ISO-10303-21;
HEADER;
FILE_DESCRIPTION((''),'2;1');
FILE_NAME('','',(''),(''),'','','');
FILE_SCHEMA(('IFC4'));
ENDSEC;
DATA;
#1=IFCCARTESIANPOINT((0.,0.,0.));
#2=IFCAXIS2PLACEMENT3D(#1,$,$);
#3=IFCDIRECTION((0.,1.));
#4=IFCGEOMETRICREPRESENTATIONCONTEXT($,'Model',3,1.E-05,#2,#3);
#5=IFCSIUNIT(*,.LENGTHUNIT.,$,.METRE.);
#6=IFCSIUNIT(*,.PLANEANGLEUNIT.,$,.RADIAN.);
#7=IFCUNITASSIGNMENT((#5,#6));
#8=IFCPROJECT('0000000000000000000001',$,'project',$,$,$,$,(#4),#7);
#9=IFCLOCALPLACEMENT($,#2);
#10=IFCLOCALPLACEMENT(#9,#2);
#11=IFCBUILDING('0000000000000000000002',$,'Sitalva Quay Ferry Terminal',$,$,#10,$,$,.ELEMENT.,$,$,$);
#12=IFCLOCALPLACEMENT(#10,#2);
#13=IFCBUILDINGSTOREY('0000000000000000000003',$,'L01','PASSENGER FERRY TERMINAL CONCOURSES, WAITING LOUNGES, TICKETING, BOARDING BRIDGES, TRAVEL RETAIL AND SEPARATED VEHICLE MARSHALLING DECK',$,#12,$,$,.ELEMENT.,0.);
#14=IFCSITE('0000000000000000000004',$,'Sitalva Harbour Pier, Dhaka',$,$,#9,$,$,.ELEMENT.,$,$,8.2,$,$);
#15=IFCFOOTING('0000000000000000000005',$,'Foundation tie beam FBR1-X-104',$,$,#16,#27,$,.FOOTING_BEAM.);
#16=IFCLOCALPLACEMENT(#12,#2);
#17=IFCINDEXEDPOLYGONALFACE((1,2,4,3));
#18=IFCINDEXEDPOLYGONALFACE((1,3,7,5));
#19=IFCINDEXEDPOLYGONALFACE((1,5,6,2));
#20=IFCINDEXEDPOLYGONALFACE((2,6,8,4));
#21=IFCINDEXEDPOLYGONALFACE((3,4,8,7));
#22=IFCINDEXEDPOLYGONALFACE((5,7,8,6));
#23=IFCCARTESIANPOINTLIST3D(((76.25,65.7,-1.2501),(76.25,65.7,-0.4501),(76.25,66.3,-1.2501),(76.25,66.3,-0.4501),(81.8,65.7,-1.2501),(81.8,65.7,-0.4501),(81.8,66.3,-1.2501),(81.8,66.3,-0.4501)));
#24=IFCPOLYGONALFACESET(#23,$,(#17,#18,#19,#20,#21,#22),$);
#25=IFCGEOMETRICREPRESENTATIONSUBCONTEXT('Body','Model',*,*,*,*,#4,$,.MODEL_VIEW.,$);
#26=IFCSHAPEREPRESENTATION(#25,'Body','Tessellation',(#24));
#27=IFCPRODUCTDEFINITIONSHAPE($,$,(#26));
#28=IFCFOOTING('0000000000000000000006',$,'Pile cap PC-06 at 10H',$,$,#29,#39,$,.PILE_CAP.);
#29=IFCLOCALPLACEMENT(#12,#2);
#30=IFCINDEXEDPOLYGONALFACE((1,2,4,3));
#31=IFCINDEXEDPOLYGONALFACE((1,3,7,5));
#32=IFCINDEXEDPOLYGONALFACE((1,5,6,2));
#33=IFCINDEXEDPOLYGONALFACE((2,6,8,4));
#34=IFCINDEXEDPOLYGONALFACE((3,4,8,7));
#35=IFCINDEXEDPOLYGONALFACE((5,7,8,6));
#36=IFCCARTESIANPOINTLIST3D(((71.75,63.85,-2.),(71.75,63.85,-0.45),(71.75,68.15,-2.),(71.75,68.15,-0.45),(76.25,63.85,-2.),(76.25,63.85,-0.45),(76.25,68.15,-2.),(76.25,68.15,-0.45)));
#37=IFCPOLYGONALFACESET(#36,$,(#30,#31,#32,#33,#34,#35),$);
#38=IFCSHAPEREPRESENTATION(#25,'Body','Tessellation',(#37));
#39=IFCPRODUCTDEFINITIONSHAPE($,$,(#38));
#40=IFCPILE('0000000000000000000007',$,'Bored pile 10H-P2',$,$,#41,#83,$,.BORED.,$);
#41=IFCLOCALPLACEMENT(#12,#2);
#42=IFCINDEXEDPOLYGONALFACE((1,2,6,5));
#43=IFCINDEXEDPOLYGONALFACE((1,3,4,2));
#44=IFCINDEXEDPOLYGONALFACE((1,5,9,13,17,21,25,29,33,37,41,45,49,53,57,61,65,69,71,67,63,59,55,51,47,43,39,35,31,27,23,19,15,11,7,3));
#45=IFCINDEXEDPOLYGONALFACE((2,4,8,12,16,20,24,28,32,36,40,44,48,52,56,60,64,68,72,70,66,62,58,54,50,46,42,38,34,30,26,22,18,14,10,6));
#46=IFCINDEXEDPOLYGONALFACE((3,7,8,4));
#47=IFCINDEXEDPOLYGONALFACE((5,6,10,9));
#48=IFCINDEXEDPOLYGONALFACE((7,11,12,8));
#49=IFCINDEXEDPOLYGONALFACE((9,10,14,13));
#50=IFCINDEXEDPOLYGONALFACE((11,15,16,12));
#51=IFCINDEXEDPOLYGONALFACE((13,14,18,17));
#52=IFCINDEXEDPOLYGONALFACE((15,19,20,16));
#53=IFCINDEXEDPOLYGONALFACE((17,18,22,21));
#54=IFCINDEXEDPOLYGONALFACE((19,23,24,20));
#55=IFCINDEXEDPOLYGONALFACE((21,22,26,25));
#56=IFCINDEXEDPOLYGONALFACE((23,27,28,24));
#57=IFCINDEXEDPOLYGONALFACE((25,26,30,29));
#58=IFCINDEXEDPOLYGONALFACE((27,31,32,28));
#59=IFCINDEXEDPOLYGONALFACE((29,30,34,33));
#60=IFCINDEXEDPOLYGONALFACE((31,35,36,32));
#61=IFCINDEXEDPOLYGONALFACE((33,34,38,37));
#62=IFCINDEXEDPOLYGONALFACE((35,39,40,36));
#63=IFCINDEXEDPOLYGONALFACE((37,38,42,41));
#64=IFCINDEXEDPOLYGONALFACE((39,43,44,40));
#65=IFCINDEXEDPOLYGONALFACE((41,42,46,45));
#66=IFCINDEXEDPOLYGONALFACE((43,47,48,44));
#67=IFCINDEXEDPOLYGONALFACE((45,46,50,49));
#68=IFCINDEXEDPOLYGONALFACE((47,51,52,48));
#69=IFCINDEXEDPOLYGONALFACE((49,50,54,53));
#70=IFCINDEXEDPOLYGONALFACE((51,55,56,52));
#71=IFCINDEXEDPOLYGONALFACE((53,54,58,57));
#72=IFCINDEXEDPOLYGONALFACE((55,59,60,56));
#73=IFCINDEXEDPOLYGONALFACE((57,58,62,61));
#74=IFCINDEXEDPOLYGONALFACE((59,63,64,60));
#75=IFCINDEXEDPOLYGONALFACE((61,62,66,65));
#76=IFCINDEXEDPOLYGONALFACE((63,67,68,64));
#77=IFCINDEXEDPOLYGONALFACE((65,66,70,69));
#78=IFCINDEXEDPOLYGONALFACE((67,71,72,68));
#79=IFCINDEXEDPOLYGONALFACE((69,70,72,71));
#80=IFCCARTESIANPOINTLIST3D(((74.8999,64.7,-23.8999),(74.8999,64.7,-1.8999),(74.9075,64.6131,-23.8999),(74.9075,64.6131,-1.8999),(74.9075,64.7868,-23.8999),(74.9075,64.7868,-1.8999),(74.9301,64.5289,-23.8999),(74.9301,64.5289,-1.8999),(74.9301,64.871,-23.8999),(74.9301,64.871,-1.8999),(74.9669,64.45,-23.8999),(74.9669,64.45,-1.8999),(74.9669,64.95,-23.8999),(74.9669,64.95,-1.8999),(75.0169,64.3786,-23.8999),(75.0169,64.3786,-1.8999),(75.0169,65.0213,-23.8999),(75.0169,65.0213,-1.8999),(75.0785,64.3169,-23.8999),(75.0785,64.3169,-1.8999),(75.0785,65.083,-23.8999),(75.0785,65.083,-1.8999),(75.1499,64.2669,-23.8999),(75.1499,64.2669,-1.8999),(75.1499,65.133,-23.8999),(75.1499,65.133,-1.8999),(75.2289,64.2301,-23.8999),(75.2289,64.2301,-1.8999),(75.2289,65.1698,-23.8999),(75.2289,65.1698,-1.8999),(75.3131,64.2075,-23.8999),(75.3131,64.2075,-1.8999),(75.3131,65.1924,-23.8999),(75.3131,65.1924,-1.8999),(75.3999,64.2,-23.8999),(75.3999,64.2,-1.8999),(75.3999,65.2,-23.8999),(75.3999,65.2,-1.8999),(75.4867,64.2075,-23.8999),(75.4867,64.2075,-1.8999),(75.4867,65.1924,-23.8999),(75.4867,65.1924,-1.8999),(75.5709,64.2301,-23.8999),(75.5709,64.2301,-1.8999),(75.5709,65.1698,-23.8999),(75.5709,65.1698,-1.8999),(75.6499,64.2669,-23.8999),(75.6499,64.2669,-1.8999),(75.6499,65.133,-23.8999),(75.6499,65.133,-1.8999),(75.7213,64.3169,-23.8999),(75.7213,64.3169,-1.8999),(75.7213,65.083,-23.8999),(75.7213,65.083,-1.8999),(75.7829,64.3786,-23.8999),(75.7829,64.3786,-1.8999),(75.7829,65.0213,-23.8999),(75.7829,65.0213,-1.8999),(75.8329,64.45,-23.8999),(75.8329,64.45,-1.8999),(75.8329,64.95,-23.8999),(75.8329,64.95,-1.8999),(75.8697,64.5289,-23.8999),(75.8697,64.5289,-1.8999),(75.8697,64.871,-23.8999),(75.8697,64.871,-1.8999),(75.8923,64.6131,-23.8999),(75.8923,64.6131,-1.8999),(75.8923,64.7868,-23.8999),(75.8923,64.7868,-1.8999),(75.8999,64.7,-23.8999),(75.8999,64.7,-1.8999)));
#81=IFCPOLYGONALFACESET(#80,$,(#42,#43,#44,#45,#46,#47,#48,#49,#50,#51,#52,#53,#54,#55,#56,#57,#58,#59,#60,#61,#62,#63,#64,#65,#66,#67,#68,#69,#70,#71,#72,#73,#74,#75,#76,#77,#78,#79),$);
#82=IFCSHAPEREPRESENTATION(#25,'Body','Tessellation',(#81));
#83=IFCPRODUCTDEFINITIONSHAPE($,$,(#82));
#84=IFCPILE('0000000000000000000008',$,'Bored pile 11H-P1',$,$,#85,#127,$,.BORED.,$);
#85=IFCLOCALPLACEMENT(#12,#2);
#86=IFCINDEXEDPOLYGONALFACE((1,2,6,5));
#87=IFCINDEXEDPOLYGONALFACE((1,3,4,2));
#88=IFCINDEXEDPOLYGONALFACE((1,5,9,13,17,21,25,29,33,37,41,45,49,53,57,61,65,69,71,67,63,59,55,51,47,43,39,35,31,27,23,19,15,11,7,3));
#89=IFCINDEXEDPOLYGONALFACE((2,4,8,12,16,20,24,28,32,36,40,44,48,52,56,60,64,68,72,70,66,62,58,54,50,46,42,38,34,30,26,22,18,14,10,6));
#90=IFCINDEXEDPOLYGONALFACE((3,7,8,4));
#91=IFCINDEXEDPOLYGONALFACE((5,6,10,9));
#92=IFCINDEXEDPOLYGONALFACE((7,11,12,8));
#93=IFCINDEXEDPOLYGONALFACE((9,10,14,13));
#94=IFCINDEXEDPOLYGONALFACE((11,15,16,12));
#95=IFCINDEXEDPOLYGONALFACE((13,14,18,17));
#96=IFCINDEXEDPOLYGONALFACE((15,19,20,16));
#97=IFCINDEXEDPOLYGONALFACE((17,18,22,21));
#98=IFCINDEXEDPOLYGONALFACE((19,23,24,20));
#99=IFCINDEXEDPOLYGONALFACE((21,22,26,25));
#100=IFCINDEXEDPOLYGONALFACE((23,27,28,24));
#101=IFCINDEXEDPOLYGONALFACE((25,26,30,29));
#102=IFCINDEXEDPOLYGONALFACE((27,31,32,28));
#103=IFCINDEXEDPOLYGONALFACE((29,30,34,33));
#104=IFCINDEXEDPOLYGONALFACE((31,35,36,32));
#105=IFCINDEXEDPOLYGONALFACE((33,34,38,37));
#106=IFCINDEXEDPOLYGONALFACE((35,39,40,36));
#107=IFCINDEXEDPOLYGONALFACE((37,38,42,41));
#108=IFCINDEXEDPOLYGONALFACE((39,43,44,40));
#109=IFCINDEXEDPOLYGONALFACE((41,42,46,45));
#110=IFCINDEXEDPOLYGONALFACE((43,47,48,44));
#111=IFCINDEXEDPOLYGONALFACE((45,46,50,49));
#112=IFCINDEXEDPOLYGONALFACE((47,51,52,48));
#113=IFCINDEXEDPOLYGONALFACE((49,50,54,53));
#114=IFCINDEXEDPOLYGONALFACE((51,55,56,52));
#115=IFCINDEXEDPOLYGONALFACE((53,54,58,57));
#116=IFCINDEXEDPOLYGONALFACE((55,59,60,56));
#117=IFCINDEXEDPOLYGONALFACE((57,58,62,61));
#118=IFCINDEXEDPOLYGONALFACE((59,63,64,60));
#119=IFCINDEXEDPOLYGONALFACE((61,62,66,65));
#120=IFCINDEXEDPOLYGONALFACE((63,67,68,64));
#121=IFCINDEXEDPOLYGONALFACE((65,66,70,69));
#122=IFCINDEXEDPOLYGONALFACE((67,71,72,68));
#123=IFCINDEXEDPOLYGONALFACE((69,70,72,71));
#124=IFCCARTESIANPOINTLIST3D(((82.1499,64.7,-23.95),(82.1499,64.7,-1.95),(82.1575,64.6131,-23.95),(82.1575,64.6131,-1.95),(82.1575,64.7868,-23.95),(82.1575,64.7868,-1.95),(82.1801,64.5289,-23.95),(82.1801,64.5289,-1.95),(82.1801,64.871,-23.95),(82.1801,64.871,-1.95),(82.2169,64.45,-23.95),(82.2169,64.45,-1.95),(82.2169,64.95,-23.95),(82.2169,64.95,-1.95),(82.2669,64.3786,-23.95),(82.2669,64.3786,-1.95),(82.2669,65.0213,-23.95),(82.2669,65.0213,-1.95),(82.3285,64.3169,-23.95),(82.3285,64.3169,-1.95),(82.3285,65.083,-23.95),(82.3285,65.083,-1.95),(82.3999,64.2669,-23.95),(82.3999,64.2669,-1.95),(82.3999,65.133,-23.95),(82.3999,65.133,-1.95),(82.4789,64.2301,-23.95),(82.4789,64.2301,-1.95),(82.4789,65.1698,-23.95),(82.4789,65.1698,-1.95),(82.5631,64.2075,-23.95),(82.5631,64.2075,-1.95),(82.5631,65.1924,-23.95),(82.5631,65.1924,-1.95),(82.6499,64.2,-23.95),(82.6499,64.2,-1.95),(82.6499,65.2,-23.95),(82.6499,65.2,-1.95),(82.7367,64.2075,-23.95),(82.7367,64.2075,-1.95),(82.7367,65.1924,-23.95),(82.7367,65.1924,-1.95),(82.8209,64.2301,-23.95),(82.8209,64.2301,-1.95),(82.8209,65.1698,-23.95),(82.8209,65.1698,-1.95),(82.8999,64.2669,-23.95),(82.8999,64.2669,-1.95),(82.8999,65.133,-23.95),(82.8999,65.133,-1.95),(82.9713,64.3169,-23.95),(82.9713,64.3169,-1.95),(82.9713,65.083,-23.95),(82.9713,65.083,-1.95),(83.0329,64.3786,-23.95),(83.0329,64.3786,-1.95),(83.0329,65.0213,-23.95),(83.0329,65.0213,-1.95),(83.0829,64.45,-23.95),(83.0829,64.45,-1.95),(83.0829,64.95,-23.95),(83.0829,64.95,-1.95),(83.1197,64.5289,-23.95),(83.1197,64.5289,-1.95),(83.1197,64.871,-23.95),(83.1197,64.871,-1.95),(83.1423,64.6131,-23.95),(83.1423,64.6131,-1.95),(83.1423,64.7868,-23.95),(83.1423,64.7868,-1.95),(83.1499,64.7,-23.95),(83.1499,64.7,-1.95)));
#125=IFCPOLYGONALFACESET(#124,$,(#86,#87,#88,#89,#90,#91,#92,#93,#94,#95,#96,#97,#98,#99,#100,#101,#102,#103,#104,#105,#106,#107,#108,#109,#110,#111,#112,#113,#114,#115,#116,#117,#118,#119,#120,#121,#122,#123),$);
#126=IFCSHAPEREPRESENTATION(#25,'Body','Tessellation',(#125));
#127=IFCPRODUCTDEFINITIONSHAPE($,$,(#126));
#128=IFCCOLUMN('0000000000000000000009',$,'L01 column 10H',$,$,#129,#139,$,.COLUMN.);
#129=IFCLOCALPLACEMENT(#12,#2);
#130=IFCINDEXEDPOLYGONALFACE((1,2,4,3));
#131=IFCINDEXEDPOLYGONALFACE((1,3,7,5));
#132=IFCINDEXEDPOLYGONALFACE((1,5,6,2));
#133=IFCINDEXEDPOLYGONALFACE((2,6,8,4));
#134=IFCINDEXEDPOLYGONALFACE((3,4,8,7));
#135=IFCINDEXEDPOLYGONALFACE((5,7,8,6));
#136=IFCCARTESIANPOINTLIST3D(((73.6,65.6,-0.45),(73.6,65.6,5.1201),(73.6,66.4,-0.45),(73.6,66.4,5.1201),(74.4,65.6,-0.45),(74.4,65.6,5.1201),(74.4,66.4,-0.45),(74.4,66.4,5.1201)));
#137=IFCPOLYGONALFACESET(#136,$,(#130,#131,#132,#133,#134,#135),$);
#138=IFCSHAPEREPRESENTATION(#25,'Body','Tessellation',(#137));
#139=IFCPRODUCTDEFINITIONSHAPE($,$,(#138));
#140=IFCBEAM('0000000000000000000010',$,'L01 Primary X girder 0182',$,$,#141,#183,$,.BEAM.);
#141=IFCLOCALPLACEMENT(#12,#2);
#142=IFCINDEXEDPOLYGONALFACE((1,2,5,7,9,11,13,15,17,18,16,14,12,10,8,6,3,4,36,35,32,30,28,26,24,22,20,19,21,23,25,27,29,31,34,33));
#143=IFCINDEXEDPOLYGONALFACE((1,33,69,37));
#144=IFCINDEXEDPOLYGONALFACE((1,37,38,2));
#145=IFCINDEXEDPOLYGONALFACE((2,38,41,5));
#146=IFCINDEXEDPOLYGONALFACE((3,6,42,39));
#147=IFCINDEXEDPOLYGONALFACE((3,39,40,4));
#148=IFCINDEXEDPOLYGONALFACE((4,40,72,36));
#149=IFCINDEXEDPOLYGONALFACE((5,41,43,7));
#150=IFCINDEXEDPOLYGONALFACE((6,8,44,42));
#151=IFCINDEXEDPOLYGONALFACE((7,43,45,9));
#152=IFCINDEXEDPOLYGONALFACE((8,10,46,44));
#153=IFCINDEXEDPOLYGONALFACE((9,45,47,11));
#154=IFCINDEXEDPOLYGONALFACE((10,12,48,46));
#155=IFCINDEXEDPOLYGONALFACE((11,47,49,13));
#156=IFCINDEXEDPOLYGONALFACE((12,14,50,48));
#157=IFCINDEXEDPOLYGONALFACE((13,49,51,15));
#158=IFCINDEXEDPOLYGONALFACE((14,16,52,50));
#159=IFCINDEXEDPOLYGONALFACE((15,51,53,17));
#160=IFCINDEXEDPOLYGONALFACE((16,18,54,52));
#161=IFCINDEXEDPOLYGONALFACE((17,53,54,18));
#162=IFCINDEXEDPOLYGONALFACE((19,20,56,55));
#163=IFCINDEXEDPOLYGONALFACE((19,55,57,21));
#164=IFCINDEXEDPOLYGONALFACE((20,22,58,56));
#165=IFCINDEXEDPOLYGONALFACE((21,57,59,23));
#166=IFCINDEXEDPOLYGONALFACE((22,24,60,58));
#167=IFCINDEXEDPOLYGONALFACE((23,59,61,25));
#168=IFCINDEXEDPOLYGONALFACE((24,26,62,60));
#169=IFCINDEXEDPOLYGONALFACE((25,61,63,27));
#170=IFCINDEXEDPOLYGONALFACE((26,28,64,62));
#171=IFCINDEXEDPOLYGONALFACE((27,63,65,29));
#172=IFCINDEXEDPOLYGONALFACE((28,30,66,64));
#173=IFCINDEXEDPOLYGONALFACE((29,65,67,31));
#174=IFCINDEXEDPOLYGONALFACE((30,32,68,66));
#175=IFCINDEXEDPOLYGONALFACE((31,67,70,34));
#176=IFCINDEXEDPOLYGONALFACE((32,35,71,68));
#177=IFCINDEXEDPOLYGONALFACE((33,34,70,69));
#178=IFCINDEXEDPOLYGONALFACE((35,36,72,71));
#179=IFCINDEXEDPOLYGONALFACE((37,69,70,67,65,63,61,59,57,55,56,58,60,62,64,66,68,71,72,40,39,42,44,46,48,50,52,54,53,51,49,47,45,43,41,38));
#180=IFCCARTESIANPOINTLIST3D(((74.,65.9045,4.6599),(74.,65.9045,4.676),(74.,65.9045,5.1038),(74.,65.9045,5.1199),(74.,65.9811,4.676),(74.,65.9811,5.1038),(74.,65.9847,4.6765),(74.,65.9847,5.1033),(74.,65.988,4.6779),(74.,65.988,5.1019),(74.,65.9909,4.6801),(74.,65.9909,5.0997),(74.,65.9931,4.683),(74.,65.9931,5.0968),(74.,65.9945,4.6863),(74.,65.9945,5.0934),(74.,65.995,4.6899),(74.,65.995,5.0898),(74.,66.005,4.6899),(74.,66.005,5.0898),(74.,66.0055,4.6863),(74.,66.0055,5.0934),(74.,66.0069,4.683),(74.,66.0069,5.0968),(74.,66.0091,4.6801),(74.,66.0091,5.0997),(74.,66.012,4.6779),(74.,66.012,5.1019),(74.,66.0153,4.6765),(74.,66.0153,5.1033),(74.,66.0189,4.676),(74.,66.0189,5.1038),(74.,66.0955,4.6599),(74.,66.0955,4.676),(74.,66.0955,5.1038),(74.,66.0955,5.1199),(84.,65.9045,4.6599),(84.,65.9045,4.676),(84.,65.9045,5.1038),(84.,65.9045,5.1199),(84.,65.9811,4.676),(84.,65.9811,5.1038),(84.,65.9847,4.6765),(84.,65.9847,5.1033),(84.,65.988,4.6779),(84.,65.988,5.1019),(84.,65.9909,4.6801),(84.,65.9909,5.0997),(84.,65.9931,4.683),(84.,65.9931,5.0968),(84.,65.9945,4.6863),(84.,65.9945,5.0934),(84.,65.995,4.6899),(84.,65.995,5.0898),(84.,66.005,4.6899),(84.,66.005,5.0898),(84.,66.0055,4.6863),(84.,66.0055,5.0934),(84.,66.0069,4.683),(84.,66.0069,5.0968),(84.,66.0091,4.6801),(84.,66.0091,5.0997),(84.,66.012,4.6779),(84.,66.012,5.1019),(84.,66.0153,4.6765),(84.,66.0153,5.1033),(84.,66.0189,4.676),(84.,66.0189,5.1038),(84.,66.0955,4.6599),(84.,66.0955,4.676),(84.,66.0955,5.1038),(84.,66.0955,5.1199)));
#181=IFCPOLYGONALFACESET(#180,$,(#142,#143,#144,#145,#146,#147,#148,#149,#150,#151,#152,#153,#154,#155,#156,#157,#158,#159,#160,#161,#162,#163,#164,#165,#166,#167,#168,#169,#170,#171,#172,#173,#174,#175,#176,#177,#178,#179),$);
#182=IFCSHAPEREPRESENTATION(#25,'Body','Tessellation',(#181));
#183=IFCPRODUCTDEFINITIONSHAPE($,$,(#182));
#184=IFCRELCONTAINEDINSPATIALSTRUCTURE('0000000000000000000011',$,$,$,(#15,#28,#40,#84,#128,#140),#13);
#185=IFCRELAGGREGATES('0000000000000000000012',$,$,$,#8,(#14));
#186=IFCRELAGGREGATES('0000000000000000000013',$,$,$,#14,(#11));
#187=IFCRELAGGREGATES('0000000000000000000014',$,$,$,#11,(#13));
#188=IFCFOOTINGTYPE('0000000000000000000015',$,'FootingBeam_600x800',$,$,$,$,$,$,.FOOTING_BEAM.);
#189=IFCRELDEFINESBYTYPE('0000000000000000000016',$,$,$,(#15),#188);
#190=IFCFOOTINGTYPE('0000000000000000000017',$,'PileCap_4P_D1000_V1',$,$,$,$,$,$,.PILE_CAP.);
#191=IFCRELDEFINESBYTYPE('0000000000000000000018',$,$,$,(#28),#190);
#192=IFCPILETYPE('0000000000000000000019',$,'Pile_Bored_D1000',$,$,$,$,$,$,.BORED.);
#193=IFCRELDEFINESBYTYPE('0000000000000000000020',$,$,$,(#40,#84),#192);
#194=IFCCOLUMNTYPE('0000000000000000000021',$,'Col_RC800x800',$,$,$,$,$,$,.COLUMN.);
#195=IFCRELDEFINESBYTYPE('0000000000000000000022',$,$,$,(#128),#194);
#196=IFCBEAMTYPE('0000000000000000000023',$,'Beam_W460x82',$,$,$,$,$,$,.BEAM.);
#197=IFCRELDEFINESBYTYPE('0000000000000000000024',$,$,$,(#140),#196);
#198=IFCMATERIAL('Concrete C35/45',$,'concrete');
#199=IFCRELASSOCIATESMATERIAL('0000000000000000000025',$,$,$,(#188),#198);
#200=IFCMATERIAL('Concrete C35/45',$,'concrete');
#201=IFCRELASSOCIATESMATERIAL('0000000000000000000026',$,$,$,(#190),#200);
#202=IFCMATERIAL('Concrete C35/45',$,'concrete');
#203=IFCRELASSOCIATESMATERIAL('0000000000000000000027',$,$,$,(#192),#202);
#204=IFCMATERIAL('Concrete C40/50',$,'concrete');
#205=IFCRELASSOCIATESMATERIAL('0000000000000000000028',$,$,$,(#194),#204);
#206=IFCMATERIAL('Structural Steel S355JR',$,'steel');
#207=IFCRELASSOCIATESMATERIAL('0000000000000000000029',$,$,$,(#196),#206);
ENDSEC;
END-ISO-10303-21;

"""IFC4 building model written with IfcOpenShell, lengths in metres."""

from ifc_helpers import new_model, si_unit, direction, frame, origin, origin_2d, place, context, subcontext, project, spatial, rectangle, circle, i_section, extrude, material, material_profile, profile_set, type_object, element, save


model = new_model("IFC4")

# Units and contexts
model_context = context("Model", 3, precision=1e-05, world=origin(), true_north=direction((0.0, 1.0)))
body_context = subcontext(model_context, "Body", "Model", "MODEL_VIEW")
ifc_project = project(units=[si_unit("LENGTHUNIT", "METRE"), si_unit("PLANEANGLEUNIT", "RADIAN")], contexts=[model_context])

# Site, building, storey
site_placement = place(None, origin())
site = spatial("IfcSite", under=ifc_project, at=site_placement, Name="Sitalva Harbour Pier, Dhaka", CompositionType="ELEMENT", RefElevation=8.2)
building_placement = place(site_placement, origin())
building = spatial("IfcBuilding", under=site, at=building_placement, Name="Sitalva Quay Ferry Terminal", CompositionType="ELEMENT")
storey_placement = place(building_placement, origin())
storey = spatial("IfcBuildingStorey", under=building, at=storey_placement, Name="L01", Description="PASSENGER FERRY TERMINAL CONCOURSES, WAITING LOUNGES, TICKETING, BOARDING BRIDGES, TRAVEL RETAIL AND SEPARATED VEHICLE MARSHALLING DECK", CompositionType="ELEMENT", Elevation=0.0)

# Footings
ifc_material_1 = material(Name="Concrete C35/45", Category="concrete")
ifc_material_profile_1 = material_profile(ifc_material_1, rectangle(XDim=0.6001, YDim=0.8, at=origin_2d()), Name="RC600x800")
ifc_profile_set_1 = profile_set([ifc_material_profile_1], Name="Concrete C35/45")
footing_type_1 = type_object("IfcFootingType", Name="FootingBeam_600x800", PredefinedType="FOOTING_BEAM", material=ifc_profile_set_1)
footing_1_placement = place(storey_placement, frame((76.25, 66.0, -0.8501), z_axis=(1.0, 0.0, 0.0), x_axis=(0.0, 1.0, 0.0)))
element("IfcFooting", 1, at=footing_1_placement, inside=storey, type_object=footing_type_1, Name="Foundation tie beam FBR1-X-104", PredefinedType="FOOTING_BEAM", context=body_context, shape_type="SweptSolid", body=[
    extrude(rectangle(XDim=0.6001, YDim=0.8, at=origin_2d()), origin(), (0.0, 0.0, 1.0), 5.55),
])
ifc_material_2 = material(Name="Concrete C35/45", Category="concrete")
footing_type_2 = type_object("IfcFootingType", Name="PileCap_4P_D1000_V1", PredefinedType="PILE_CAP", material=ifc_material_2)
footing_2_placement = place(storey_placement, frame((74.0, 66.0, -2.0), z_axis=(0.0, 0.0, 1.0), x_axis=(1.0, 0.0, 0.0)))
element("IfcFooting", 2, at=footing_2_placement, inside=storey, type_object=footing_type_2, Name="Pile cap PC-06 at 10H", PredefinedType="PILE_CAP", context=body_context, shape_type="SweptSolid", body=[
    extrude(rectangle(XDim=4.5, YDim=4.3, at=origin_2d()), origin(), (0.0, 0.0, 1.0), 1.55),
])

# Piles
ifc_material_3 = material(Name="Concrete C35/45", Category="concrete")
ifc_material_profile_2 = material_profile(ifc_material_3, circle(Radius=0.5, at=origin_2d()), Name="PILE-D1000")
ifc_profile_set_2 = profile_set([ifc_material_profile_2], Name="Concrete C35/45")
pile_type = type_object("IfcPileType", Name="Pile_Bored_D1000", PredefinedType="BORED", material=ifc_profile_set_2)
for number, where, z_axis, x_axis, name in (
    (3, (75.3999, 64.7, -1.8999), (0.0, 0.0, -1.0), (1.0, 0.0, 0.0), "Bored pile 10H-P2"),
    (4, (82.6499, 64.7, -1.95), (0.0, 0.0, -1.0), (1.0, 0.0, 0.0), "Bored pile 11H-P1"),
):
    element("IfcPile", number, at=place(storey_placement, frame(where, z_axis=z_axis, x_axis=x_axis)), inside=storey, type_object=pile_type, Name=name, PredefinedType="BORED", context=body_context, shape_type="SweptSolid", body=[
        extrude(circle(Radius=0.5, at=origin_2d()), origin(), (0.0, 0.0, 1.0), 22.0),
    ])

# Column
ifc_material_4 = material(Name="Concrete C40/50", Category="concrete")
ifc_material_profile_3 = material_profile(ifc_material_4, rectangle(XDim=0.8, YDim=0.8, at=origin_2d()), Name="RC800x800")
ifc_profile_set_3 = profile_set([ifc_material_profile_3], Name="Concrete C40/50")
column_type = type_object("IfcColumnType", Name="Col_RC800x800", PredefinedType="COLUMN", material=ifc_profile_set_3)
column_placement = place(storey_placement, frame((74.0, 66.0, -0.45), z_axis=(0.0, 0.0, 1.0), x_axis=(1.0, 0.0, 0.0)))
element("IfcColumn", 5, at=column_placement, inside=storey, type_object=column_type, Name="L01 column 10H", PredefinedType="COLUMN", context=body_context, shape_type="SweptSolid", body=[
    extrude(rectangle(XDim=0.8, YDim=0.8, at=origin_2d()), origin(), (0.0, 0.0, 1.0), 5.5701),
])

# Beam
ifc_material_5 = material(Name="Structural Steel S355JR", Category="steel")
ifc_material_profile_4 = material_profile(ifc_material_5, i_section(OverallWidth=0.1909, OverallDepth=0.46, WebThickness=0.01, FlangeThickness=0.0161, FilletRadius=0.0139, at=origin_2d()), Name="W460x82")
ifc_profile_set_4 = profile_set([ifc_material_profile_4], Name="Structural Steel S355JR")
beam_type = type_object("IfcBeamType", Name="Beam_W460x82", PredefinedType="BEAM", material=ifc_profile_set_4)
beam_1_placement = place(storey_placement, frame((74.0, 66.0, 4.8899), z_axis=(1.0, 0.0, 0.0), x_axis=(0.0, 1.0, 0.0)))
element("IfcBeam", 6, at=beam_1_placement, inside=storey, type_object=beam_type, Name="L01 Primary X girder 0182", PredefinedType="BEAM", context=body_context, shape_type="SweptSolid", body=[
    extrude(i_section(OverallWidth=0.1909, OverallDepth=0.46, WebThickness=0.01, FlangeThickness=0.0161, FilletRadius=0.0139, at=origin_2d()), origin(), (0.0, 0.0, 1.0), 10.0),
])

save(model, "model.ifc")
